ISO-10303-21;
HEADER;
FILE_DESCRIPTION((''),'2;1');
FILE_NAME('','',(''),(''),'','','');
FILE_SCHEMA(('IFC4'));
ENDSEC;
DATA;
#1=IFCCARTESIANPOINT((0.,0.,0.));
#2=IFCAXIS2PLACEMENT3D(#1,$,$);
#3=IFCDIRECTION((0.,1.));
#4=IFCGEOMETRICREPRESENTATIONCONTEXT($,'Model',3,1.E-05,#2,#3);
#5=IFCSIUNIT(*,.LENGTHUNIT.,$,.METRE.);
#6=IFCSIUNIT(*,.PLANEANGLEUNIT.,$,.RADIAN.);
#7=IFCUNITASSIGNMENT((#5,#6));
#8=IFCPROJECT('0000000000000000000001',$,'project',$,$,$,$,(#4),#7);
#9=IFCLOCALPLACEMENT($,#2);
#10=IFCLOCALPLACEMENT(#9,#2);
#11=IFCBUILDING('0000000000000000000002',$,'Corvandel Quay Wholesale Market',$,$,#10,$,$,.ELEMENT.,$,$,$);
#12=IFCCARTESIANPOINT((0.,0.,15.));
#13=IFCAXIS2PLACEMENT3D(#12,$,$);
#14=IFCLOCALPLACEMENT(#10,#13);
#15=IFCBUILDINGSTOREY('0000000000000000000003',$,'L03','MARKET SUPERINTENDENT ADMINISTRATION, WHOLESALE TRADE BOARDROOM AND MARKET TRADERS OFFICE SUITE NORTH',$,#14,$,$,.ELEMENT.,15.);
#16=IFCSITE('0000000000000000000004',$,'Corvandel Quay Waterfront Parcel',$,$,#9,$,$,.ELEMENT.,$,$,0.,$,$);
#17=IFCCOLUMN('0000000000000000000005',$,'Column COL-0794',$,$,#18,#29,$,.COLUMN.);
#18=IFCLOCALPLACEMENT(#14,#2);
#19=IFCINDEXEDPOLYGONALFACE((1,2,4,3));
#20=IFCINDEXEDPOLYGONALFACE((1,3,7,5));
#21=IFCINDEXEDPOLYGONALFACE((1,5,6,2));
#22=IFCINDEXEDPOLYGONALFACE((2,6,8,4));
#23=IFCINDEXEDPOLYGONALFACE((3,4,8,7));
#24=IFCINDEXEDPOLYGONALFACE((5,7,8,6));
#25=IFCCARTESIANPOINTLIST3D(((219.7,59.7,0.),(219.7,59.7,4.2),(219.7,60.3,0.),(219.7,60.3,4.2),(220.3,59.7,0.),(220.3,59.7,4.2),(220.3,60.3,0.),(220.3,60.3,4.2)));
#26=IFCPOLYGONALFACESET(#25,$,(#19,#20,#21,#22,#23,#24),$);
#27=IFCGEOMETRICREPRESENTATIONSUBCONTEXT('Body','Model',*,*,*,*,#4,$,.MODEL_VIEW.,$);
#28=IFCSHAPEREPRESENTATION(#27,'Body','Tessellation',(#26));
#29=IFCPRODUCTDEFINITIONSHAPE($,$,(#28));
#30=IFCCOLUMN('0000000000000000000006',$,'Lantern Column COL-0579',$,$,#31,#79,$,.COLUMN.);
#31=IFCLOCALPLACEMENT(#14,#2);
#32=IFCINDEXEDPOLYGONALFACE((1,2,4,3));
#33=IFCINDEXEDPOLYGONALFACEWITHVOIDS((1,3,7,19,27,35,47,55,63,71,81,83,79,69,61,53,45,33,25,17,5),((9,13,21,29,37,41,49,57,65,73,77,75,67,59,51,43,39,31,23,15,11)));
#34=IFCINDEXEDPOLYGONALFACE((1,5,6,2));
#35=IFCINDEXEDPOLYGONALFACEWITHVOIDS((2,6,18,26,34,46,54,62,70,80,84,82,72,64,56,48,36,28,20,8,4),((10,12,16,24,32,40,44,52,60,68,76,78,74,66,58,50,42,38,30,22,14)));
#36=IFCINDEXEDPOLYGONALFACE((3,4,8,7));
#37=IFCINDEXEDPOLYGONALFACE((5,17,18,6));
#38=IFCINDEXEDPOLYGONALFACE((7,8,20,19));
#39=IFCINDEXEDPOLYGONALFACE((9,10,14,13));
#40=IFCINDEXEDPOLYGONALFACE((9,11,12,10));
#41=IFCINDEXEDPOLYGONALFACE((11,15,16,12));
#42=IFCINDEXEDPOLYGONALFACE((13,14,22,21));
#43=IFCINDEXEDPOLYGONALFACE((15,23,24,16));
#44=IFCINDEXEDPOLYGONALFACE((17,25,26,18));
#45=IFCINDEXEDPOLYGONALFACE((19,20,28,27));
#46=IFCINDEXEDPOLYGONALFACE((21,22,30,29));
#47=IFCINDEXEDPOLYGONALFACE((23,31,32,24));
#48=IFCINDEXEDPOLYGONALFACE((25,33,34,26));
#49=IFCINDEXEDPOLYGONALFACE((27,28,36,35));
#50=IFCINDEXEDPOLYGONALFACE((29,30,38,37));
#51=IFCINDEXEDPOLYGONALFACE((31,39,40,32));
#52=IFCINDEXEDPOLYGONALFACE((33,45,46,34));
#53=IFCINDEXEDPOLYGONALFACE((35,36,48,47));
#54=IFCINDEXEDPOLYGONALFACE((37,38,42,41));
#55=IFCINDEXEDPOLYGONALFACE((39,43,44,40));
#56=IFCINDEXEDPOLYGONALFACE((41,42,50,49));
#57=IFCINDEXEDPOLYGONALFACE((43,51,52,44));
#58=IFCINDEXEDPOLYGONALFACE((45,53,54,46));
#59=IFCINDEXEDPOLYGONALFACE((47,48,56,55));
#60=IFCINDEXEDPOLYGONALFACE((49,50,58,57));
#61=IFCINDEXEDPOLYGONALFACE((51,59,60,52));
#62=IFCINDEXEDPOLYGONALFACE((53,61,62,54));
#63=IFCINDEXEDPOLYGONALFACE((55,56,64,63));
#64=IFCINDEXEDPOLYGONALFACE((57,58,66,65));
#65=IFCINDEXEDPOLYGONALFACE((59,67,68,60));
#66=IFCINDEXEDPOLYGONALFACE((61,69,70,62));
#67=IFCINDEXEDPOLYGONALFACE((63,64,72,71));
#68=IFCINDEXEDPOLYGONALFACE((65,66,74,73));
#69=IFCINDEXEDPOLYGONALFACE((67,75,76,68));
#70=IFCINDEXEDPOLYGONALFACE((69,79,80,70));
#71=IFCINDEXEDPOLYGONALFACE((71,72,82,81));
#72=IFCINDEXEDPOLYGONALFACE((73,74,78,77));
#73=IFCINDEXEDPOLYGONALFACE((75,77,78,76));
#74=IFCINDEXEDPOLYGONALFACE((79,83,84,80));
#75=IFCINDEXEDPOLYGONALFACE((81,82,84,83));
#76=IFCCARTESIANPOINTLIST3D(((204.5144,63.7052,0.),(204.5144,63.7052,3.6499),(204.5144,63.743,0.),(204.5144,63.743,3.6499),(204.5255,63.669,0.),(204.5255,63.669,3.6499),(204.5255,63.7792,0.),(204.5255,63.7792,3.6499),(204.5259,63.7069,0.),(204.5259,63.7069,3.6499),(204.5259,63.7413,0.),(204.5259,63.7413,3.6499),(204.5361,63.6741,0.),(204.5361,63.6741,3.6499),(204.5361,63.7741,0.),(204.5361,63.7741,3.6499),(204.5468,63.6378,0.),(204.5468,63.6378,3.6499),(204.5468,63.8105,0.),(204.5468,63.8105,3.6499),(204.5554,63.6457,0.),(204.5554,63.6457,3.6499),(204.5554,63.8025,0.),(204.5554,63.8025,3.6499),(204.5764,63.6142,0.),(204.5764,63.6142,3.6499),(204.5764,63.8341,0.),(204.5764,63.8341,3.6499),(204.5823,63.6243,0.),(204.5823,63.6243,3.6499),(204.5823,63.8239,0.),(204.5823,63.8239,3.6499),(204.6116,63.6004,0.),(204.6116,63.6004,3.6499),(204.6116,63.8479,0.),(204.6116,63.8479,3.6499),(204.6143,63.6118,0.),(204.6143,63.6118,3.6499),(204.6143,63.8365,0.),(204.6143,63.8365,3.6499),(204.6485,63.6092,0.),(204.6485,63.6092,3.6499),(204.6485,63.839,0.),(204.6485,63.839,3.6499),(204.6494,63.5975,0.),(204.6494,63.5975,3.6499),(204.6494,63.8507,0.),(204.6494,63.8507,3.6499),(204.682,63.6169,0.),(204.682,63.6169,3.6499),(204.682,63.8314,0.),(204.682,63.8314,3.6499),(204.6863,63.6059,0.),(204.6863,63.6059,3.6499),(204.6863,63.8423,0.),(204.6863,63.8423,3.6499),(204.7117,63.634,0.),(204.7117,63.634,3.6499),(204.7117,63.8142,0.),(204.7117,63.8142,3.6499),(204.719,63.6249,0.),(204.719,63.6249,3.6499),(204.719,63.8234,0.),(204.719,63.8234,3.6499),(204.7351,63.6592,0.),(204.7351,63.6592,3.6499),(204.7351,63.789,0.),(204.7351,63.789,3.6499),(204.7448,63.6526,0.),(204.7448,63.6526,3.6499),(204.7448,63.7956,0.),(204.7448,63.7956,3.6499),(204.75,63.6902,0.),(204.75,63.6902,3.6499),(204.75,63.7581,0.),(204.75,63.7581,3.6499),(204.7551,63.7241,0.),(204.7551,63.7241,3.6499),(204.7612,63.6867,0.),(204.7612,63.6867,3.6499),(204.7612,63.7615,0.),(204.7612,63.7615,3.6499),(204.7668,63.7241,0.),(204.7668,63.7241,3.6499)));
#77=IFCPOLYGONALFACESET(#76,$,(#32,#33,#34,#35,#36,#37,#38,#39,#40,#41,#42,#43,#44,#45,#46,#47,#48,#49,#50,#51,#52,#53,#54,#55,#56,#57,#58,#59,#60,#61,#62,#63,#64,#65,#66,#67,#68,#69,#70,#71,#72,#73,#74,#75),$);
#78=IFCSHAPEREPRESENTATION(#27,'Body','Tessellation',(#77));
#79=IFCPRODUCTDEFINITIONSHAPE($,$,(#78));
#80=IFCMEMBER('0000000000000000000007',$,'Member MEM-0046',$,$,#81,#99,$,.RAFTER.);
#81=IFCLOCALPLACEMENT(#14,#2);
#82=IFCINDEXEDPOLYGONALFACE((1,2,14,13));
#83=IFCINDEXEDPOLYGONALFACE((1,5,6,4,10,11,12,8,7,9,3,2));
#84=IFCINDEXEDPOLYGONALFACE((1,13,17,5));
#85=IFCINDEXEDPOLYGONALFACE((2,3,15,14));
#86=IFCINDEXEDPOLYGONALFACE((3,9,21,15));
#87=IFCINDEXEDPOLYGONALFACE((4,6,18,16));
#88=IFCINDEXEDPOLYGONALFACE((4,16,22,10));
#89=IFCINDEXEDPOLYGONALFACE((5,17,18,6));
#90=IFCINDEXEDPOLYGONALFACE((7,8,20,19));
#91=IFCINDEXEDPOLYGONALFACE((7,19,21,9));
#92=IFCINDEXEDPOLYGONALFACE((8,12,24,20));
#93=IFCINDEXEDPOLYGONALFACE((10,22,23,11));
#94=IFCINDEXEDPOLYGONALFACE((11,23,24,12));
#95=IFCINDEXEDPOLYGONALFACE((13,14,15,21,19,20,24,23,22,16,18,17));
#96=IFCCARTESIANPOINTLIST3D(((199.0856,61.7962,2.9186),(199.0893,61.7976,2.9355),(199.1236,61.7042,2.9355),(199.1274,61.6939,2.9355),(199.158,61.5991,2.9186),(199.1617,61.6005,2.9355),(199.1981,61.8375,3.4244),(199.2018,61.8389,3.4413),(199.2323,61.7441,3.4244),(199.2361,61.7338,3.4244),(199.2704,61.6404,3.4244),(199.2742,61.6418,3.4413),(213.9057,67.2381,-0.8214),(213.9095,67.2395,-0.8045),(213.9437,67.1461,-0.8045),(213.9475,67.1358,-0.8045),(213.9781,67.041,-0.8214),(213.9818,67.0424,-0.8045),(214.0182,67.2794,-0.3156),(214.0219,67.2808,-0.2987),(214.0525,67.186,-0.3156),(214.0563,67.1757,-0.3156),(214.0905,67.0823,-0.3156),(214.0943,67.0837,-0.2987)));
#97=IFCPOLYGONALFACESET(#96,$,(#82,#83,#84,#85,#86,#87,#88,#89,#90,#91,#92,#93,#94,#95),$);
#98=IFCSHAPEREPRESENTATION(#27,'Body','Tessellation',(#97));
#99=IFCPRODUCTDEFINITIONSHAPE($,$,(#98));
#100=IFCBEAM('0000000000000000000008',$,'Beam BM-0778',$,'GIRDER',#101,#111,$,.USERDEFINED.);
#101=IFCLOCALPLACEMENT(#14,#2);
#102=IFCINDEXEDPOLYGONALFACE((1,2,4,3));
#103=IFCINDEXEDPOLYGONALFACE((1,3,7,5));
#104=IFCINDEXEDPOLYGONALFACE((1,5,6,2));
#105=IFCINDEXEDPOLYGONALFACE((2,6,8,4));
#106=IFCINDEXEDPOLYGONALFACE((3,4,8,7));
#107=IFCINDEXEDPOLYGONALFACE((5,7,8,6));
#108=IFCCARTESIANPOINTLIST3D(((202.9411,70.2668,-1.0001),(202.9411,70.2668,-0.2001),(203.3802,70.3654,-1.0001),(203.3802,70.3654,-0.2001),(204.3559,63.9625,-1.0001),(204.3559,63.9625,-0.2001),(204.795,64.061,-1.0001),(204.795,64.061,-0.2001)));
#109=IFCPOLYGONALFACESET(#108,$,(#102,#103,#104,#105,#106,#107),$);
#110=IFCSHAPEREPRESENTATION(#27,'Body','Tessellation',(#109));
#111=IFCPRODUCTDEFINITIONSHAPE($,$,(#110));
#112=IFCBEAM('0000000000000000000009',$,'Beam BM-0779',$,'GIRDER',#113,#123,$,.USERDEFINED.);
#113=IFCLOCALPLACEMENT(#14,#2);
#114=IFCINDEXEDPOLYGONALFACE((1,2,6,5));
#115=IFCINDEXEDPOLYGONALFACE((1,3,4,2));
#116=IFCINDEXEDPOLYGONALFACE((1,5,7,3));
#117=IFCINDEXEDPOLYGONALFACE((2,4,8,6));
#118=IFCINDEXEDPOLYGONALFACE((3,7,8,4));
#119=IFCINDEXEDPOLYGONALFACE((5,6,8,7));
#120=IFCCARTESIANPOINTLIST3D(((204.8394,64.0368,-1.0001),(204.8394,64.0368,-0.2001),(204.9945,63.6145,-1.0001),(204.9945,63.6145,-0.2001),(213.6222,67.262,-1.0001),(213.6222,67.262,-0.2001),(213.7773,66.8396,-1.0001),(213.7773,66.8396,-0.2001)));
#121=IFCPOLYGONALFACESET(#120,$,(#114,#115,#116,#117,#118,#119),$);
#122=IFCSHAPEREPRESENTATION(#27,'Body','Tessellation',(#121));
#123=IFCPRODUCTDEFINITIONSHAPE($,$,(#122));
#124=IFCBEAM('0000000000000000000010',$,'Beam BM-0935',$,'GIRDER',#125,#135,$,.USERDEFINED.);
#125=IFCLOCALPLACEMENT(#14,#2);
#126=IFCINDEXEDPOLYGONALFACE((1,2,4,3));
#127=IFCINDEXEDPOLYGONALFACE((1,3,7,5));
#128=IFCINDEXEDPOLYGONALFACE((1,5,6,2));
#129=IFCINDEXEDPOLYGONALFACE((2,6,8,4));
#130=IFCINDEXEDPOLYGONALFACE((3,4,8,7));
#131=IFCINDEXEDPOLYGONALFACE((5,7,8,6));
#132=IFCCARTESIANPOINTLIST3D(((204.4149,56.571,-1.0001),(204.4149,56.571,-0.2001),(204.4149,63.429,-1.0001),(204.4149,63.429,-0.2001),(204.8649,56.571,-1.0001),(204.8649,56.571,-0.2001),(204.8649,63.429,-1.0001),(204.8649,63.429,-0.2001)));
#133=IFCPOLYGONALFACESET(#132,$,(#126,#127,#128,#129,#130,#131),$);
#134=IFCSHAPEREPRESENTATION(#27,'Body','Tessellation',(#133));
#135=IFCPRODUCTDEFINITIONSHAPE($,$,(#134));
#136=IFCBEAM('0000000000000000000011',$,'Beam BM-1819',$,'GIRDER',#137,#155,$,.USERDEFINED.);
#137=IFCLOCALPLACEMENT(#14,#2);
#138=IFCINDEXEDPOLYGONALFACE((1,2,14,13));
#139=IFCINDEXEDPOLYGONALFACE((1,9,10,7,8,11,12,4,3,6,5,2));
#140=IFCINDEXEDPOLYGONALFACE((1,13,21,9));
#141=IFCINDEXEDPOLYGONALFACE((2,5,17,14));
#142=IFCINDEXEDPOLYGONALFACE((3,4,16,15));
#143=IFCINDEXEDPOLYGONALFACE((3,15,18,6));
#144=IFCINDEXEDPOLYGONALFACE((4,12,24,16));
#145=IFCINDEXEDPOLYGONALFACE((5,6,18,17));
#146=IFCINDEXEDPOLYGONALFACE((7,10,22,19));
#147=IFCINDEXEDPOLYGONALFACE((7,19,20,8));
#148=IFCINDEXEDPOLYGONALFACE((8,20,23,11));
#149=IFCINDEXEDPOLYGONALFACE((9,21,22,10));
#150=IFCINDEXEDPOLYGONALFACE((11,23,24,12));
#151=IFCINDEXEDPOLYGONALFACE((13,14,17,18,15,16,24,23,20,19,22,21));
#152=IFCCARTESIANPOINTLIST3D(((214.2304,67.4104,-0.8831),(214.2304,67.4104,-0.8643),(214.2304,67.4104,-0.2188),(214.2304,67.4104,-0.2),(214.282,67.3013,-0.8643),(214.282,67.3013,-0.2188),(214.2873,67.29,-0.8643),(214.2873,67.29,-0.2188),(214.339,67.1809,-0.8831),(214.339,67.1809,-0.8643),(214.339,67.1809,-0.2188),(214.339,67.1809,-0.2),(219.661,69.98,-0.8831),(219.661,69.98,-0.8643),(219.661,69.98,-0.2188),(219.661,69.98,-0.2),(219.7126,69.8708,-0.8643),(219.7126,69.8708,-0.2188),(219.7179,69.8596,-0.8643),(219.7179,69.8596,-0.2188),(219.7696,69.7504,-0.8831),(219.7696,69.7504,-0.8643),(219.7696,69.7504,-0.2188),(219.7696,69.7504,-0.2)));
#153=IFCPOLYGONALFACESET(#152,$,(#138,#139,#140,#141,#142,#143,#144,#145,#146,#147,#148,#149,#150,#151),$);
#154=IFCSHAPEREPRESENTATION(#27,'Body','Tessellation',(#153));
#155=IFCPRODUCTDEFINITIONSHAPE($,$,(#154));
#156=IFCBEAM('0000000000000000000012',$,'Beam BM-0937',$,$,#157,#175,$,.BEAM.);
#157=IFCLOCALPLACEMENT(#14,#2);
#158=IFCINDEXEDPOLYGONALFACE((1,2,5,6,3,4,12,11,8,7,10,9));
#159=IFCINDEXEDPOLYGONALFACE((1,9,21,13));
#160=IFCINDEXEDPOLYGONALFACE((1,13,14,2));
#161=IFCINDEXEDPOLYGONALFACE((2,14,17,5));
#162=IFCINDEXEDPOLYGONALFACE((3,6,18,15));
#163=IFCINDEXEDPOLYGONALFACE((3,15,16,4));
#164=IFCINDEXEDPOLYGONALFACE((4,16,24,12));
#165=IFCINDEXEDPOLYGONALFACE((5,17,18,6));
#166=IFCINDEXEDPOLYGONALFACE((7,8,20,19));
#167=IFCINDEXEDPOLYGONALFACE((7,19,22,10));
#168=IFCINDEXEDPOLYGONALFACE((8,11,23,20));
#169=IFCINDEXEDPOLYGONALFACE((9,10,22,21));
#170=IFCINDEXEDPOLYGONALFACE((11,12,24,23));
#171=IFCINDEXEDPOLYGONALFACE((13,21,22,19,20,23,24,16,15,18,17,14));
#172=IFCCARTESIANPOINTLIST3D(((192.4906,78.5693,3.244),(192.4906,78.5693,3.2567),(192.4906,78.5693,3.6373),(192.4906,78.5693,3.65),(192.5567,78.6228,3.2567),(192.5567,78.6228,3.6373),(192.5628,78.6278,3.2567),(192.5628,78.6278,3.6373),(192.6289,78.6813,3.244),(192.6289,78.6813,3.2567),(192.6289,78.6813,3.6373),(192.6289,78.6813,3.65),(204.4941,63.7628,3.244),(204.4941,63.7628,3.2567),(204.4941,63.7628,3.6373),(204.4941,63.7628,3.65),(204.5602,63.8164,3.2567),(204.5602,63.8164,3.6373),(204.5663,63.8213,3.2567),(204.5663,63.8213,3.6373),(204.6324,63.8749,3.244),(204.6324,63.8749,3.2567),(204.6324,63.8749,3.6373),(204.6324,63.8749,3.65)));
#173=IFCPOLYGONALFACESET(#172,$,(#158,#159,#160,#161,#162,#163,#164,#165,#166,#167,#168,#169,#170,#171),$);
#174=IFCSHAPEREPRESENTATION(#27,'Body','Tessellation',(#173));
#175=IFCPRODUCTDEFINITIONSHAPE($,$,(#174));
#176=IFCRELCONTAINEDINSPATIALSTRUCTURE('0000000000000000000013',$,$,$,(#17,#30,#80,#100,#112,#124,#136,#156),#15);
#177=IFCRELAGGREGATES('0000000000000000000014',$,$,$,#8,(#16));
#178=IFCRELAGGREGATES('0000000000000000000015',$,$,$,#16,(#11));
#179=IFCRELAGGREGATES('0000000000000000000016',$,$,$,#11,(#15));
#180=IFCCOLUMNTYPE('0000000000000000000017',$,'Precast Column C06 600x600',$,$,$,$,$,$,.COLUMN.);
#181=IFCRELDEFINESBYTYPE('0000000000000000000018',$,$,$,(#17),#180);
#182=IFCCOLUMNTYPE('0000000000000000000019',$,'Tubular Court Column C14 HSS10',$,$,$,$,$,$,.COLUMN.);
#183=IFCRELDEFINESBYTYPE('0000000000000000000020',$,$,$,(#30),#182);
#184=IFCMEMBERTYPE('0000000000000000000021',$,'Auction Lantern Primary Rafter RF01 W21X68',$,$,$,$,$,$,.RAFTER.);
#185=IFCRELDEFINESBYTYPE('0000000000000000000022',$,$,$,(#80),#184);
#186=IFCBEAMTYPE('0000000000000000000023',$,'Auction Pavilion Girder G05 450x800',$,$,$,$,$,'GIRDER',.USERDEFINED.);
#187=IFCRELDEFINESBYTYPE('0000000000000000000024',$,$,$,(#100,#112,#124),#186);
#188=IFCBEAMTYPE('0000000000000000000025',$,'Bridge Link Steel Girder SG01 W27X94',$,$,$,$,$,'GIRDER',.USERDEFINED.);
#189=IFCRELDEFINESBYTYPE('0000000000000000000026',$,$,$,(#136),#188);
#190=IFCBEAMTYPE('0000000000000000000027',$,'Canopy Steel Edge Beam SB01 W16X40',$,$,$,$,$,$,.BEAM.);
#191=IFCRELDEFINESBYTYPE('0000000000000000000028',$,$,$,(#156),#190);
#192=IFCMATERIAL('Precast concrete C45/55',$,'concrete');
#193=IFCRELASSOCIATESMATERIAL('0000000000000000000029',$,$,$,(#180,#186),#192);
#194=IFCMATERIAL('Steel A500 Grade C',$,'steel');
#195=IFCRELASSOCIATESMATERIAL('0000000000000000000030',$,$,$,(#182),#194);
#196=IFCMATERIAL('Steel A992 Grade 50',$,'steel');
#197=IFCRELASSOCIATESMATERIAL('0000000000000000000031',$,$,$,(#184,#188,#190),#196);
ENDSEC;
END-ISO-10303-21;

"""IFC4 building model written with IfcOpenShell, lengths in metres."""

from ifc_helpers import new_model, si_unit, direction, frame, origin, origin_2d, place, context, subcontext, project, spatial, rectangle, hollow_circle, i_section, extrude, material, material_profile, profile_set, type_object, element, save


model = new_model("IFC4")

# Units and contexts
model_context = context("Model", 3, precision=1e-05, world=origin(), true_north=direction((0.0, 1.0)))
body_context = subcontext(model_context, "Body", "Model", "MODEL_VIEW")
ifc_project = project(units=[si_unit("LENGTHUNIT", "METRE"), si_unit("PLANEANGLEUNIT", "RADIAN")], contexts=[model_context])

# Site, building, storey
site_placement = place(None, origin())
site = spatial("IfcSite", under=ifc_project, at=site_placement, Name="Corvandel Quay Waterfront Parcel", CompositionType="ELEMENT", RefElevation=0.0)
building_placement = place(site_placement, origin())
building = spatial("IfcBuilding", under=site, at=building_placement, Name="Corvandel Quay Wholesale Market", CompositionType="ELEMENT")
storey_placement = place(building_placement, frame((0.0, 0.0, 15.0)))
storey = spatial("IfcBuildingStorey", under=building, at=storey_placement, Name="L03", Description="MARKET SUPERINTENDENT ADMINISTRATION, WHOLESALE TRADE BOARDROOM AND MARKET TRADERS OFFICE SUITE NORTH", CompositionType="ELEMENT", Elevation=15.0)

# Columns
ifc_material_1 = material(Name="Precast concrete C45/55", Category="concrete")
ifc_material_profile_1 = material_profile(ifc_material_1, rectangle(XDim=0.6001, YDim=0.6001, at=origin_2d()), Name="PC-COL-600x600")
ifc_profile_set_1 = profile_set([ifc_material_profile_1], Name="Precast concrete C45/55")
column_type_1 = type_object("IfcColumnType", Name="Precast Column C06 600x600", PredefinedType="COLUMN", material=ifc_profile_set_1)
column_1_placement = place(storey_placement, frame((220.0, 60.0, 0.0), z_axis=(0.0, 0.0, 1.0), x_axis=(1.0, 0.0, 0.0)))
element("IfcColumn", 1, at=column_1_placement, inside=storey, type_object=column_type_1, Name="Column COL-0794", PredefinedType="COLUMN", context=body_context, shape_type="SweptSolid", body=[
    extrude(rectangle(XDim=0.6001, YDim=0.6001, at=origin_2d()), origin(), (0.0, 0.0, 1.0), 4.2),
])
ifc_material_2 = material(Name="Steel A500 Grade C", Category="steel")
ifc_material_profile_2 = material_profile(ifc_material_2, hollow_circle(Radius=0.127, WallThickness=0.0117, at=origin_2d()), Name="HSS10.000X0.500")
ifc_profile_set_2 = profile_set([ifc_material_profile_2], Name="Steel A500 Grade C")
column_type_2 = type_object("IfcColumnType", Name="Tubular Court Column C14 HSS10", PredefinedType="COLUMN", material=ifc_profile_set_2)
column_2_placement = place(storey_placement, frame((204.6399, 63.7241, 0.0), z_axis=(0.0, 0.0, 1.0), x_axis=(1.0, 0.0, 0.0)))
element("IfcColumn", 2, at=column_2_placement, inside=storey, type_object=column_type_2, Name="Lantern Column COL-0579", PredefinedType="COLUMN", context=body_context, shape_type="SweptSolid", body=[
    extrude(hollow_circle(Radius=0.127, WallThickness=0.0117, at=origin_2d()), origin(), (0.0, 0.0, 1.0), 3.6499),
])

# Member
ifc_material_3 = material(Name="Steel A992 Grade 50", Category="steel")
ifc_material_profile_3 = material_profile(ifc_material_3, i_section(OverallWidth=0.21, OverallDepth=0.5371, WebThickness=0.011, FlangeThickness=0.0173, at=origin_2d()), Name="W21X68")
ifc_profile_set_3 = profile_set([ifc_material_profile_3], Name="Steel A992 Grade 50")
member_type_1 = type_object("IfcMemberType", Name="Auction Lantern Primary Rafter RF01 W21X68", PredefinedType="RAFTER", material=ifc_profile_set_3)
member_1_placement = place(storey_placement, frame((214.0, 67.1609, -0.5601), z_axis=(-0.913435, -0.335411, 0.230514), x_axis=(0.344694, -0.938715, 0.0)))
element("IfcMember", 3, at=member_1_placement, inside=storey, type_object=member_type_1, Name="Member MEM-0046", PredefinedType="RAFTER", context=body_context, shape_type="SweptSolid", body=[
    extrude(i_section(OverallWidth=0.21, OverallDepth=0.5371, WebThickness=0.011, FlangeThickness=0.0173, at=origin_2d()), origin(), (0.0, 0.0, 1.0), 16.2246),
])

# Beams
ifc_material_profile_4 = material_profile(ifc_material_1, rectangle(XDim=0.45, YDim=0.8, at=origin_2d()), Name="PC-GIR-450x800")
ifc_profile_set_4 = profile_set([ifc_material_profile_4], Name="Precast concrete C45/55")
beam_type_1 = type_object("IfcBeamType", Name="Auction Pavilion Girder G05 450x800", ElementType="GIRDER", PredefinedType="USERDEFINED", material=ifc_profile_set_4)
beam_1_placement = place(storey_placement, frame((204.5754, 64.0117, -0.6001), z_axis=(-0.218966, 0.975732, 0.0), x_axis=(-0.975732, -0.218966, 0.0)))
element("IfcBeam", 4, at=beam_1_placement, inside=storey, type_object=beam_type_1, Name="Beam BM-0778", ObjectType="GIRDER", PredefinedType="USERDEFINED", context=body_context, shape_type="SweptSolid", body=[
    extrude(rectangle(XDim=0.45, YDim=0.8, at=origin_2d()), origin(), (0.0, 0.0, 1.0), 6.4612),
])
beam_2_placement = place(storey_placement, frame((213.6997, 67.0508, -0.6001), z_axis=(-0.938711, -0.344704, 0.0), x_axis=(0.344704, -0.938711, 0.0)))
element("IfcBeam", 5, at=beam_2_placement, inside=storey, type_object=beam_type_1, Name="Beam BM-0779", ObjectType="GIRDER", PredefinedType="USERDEFINED", context=body_context, shape_type="SweptSolid", body=[
    extrude(rectangle(XDim=0.45, YDim=0.8, at=origin_2d()), origin(), (0.0, 0.0, 1.0), 9.3562),
])
beam_3_placement = place(storey_placement, frame((204.6399, 56.571, -0.6001), z_axis=(0.0, 1.0, 0.0), x_axis=(-1.0, 0.0, 0.0)))
element("IfcBeam", 6, at=beam_3_placement, inside=storey, type_object=beam_type_1, Name="Beam BM-0935", ObjectType="GIRDER", PredefinedType="USERDEFINED", context=body_context, shape_type="SweptSolid", body=[
    extrude(rectangle(XDim=0.45, YDim=0.8, at=origin_2d()), origin(), (0.0, 0.0, 1.0), 6.8579),
])
ifc_material_profile_5 = material_profile(ifc_material_3, i_section(OverallWidth=0.2539, OverallDepth=0.6831, WebThickness=0.0125, FlangeThickness=0.0188, at=origin_2d()), Name="W27X94")
ifc_profile_set_5 = profile_set([ifc_material_profile_5], Name="Steel A992 Grade 50")
beam_type_2 = type_object("IfcBeamType", Name="Bridge Link Steel Girder SG01 W27X94", ElementType="GIRDER", PredefinedType="USERDEFINED", material=ifc_profile_set_5)
beam_4_placement = place(storey_placement, frame((214.2847, 67.2957, -0.5415), z_axis=(0.903921, 0.4277, 0.0), x_axis=(-0.4277, 0.903921, 0.0)))
element("IfcBeam", 7, at=beam_4_placement, inside=storey, type_object=beam_type_2, Name="Beam BM-1819", ObjectType="GIRDER", PredefinedType="USERDEFINED", context=body_context, shape_type="SweptSolid", body=[
    extrude(i_section(OverallWidth=0.2539, OverallDepth=0.6831, WebThickness=0.0125, FlangeThickness=0.0188, at=origin_2d()), origin(), (0.0, 0.0, 1.0), 6.0078),
])
ifc_material_profile_6 = material_profile(ifc_material_3, i_section(OverallWidth=0.178, OverallDepth=0.406, WebThickness=0.0078, FlangeThickness=0.0127, at=origin_2d()), Name="W16X40")
ifc_profile_set_6 = profile_set([ifc_material_profile_6], Name="Steel A992 Grade 50")
beam_type_3 = type_object("IfcBeamType", Name="Canopy Steel Edge Beam SB01 W16X40", PredefinedType="BEAM", material=ifc_profile_set_6)
beam_5_placement = place(storey_placement, frame((204.5632, 63.8188, 3.447), z_axis=(-0.629746, 0.776801, 0.0), x_axis=(-0.776801, -0.629746, 0.0)))
element("IfcBeam", 8, at=beam_5_placement, inside=storey, type_object=beam_type_3, Name="Beam BM-0937", PredefinedType="BEAM", context=body_context, shape_type="SweptSolid", body=[
    extrude(i_section(OverallWidth=0.178, OverallDepth=0.406, WebThickness=0.0078, FlangeThickness=0.0127, at=origin_2d()), origin(), (0.0, 0.0, 1.0), 19.0608),
])

save(model, "model.ifc")
